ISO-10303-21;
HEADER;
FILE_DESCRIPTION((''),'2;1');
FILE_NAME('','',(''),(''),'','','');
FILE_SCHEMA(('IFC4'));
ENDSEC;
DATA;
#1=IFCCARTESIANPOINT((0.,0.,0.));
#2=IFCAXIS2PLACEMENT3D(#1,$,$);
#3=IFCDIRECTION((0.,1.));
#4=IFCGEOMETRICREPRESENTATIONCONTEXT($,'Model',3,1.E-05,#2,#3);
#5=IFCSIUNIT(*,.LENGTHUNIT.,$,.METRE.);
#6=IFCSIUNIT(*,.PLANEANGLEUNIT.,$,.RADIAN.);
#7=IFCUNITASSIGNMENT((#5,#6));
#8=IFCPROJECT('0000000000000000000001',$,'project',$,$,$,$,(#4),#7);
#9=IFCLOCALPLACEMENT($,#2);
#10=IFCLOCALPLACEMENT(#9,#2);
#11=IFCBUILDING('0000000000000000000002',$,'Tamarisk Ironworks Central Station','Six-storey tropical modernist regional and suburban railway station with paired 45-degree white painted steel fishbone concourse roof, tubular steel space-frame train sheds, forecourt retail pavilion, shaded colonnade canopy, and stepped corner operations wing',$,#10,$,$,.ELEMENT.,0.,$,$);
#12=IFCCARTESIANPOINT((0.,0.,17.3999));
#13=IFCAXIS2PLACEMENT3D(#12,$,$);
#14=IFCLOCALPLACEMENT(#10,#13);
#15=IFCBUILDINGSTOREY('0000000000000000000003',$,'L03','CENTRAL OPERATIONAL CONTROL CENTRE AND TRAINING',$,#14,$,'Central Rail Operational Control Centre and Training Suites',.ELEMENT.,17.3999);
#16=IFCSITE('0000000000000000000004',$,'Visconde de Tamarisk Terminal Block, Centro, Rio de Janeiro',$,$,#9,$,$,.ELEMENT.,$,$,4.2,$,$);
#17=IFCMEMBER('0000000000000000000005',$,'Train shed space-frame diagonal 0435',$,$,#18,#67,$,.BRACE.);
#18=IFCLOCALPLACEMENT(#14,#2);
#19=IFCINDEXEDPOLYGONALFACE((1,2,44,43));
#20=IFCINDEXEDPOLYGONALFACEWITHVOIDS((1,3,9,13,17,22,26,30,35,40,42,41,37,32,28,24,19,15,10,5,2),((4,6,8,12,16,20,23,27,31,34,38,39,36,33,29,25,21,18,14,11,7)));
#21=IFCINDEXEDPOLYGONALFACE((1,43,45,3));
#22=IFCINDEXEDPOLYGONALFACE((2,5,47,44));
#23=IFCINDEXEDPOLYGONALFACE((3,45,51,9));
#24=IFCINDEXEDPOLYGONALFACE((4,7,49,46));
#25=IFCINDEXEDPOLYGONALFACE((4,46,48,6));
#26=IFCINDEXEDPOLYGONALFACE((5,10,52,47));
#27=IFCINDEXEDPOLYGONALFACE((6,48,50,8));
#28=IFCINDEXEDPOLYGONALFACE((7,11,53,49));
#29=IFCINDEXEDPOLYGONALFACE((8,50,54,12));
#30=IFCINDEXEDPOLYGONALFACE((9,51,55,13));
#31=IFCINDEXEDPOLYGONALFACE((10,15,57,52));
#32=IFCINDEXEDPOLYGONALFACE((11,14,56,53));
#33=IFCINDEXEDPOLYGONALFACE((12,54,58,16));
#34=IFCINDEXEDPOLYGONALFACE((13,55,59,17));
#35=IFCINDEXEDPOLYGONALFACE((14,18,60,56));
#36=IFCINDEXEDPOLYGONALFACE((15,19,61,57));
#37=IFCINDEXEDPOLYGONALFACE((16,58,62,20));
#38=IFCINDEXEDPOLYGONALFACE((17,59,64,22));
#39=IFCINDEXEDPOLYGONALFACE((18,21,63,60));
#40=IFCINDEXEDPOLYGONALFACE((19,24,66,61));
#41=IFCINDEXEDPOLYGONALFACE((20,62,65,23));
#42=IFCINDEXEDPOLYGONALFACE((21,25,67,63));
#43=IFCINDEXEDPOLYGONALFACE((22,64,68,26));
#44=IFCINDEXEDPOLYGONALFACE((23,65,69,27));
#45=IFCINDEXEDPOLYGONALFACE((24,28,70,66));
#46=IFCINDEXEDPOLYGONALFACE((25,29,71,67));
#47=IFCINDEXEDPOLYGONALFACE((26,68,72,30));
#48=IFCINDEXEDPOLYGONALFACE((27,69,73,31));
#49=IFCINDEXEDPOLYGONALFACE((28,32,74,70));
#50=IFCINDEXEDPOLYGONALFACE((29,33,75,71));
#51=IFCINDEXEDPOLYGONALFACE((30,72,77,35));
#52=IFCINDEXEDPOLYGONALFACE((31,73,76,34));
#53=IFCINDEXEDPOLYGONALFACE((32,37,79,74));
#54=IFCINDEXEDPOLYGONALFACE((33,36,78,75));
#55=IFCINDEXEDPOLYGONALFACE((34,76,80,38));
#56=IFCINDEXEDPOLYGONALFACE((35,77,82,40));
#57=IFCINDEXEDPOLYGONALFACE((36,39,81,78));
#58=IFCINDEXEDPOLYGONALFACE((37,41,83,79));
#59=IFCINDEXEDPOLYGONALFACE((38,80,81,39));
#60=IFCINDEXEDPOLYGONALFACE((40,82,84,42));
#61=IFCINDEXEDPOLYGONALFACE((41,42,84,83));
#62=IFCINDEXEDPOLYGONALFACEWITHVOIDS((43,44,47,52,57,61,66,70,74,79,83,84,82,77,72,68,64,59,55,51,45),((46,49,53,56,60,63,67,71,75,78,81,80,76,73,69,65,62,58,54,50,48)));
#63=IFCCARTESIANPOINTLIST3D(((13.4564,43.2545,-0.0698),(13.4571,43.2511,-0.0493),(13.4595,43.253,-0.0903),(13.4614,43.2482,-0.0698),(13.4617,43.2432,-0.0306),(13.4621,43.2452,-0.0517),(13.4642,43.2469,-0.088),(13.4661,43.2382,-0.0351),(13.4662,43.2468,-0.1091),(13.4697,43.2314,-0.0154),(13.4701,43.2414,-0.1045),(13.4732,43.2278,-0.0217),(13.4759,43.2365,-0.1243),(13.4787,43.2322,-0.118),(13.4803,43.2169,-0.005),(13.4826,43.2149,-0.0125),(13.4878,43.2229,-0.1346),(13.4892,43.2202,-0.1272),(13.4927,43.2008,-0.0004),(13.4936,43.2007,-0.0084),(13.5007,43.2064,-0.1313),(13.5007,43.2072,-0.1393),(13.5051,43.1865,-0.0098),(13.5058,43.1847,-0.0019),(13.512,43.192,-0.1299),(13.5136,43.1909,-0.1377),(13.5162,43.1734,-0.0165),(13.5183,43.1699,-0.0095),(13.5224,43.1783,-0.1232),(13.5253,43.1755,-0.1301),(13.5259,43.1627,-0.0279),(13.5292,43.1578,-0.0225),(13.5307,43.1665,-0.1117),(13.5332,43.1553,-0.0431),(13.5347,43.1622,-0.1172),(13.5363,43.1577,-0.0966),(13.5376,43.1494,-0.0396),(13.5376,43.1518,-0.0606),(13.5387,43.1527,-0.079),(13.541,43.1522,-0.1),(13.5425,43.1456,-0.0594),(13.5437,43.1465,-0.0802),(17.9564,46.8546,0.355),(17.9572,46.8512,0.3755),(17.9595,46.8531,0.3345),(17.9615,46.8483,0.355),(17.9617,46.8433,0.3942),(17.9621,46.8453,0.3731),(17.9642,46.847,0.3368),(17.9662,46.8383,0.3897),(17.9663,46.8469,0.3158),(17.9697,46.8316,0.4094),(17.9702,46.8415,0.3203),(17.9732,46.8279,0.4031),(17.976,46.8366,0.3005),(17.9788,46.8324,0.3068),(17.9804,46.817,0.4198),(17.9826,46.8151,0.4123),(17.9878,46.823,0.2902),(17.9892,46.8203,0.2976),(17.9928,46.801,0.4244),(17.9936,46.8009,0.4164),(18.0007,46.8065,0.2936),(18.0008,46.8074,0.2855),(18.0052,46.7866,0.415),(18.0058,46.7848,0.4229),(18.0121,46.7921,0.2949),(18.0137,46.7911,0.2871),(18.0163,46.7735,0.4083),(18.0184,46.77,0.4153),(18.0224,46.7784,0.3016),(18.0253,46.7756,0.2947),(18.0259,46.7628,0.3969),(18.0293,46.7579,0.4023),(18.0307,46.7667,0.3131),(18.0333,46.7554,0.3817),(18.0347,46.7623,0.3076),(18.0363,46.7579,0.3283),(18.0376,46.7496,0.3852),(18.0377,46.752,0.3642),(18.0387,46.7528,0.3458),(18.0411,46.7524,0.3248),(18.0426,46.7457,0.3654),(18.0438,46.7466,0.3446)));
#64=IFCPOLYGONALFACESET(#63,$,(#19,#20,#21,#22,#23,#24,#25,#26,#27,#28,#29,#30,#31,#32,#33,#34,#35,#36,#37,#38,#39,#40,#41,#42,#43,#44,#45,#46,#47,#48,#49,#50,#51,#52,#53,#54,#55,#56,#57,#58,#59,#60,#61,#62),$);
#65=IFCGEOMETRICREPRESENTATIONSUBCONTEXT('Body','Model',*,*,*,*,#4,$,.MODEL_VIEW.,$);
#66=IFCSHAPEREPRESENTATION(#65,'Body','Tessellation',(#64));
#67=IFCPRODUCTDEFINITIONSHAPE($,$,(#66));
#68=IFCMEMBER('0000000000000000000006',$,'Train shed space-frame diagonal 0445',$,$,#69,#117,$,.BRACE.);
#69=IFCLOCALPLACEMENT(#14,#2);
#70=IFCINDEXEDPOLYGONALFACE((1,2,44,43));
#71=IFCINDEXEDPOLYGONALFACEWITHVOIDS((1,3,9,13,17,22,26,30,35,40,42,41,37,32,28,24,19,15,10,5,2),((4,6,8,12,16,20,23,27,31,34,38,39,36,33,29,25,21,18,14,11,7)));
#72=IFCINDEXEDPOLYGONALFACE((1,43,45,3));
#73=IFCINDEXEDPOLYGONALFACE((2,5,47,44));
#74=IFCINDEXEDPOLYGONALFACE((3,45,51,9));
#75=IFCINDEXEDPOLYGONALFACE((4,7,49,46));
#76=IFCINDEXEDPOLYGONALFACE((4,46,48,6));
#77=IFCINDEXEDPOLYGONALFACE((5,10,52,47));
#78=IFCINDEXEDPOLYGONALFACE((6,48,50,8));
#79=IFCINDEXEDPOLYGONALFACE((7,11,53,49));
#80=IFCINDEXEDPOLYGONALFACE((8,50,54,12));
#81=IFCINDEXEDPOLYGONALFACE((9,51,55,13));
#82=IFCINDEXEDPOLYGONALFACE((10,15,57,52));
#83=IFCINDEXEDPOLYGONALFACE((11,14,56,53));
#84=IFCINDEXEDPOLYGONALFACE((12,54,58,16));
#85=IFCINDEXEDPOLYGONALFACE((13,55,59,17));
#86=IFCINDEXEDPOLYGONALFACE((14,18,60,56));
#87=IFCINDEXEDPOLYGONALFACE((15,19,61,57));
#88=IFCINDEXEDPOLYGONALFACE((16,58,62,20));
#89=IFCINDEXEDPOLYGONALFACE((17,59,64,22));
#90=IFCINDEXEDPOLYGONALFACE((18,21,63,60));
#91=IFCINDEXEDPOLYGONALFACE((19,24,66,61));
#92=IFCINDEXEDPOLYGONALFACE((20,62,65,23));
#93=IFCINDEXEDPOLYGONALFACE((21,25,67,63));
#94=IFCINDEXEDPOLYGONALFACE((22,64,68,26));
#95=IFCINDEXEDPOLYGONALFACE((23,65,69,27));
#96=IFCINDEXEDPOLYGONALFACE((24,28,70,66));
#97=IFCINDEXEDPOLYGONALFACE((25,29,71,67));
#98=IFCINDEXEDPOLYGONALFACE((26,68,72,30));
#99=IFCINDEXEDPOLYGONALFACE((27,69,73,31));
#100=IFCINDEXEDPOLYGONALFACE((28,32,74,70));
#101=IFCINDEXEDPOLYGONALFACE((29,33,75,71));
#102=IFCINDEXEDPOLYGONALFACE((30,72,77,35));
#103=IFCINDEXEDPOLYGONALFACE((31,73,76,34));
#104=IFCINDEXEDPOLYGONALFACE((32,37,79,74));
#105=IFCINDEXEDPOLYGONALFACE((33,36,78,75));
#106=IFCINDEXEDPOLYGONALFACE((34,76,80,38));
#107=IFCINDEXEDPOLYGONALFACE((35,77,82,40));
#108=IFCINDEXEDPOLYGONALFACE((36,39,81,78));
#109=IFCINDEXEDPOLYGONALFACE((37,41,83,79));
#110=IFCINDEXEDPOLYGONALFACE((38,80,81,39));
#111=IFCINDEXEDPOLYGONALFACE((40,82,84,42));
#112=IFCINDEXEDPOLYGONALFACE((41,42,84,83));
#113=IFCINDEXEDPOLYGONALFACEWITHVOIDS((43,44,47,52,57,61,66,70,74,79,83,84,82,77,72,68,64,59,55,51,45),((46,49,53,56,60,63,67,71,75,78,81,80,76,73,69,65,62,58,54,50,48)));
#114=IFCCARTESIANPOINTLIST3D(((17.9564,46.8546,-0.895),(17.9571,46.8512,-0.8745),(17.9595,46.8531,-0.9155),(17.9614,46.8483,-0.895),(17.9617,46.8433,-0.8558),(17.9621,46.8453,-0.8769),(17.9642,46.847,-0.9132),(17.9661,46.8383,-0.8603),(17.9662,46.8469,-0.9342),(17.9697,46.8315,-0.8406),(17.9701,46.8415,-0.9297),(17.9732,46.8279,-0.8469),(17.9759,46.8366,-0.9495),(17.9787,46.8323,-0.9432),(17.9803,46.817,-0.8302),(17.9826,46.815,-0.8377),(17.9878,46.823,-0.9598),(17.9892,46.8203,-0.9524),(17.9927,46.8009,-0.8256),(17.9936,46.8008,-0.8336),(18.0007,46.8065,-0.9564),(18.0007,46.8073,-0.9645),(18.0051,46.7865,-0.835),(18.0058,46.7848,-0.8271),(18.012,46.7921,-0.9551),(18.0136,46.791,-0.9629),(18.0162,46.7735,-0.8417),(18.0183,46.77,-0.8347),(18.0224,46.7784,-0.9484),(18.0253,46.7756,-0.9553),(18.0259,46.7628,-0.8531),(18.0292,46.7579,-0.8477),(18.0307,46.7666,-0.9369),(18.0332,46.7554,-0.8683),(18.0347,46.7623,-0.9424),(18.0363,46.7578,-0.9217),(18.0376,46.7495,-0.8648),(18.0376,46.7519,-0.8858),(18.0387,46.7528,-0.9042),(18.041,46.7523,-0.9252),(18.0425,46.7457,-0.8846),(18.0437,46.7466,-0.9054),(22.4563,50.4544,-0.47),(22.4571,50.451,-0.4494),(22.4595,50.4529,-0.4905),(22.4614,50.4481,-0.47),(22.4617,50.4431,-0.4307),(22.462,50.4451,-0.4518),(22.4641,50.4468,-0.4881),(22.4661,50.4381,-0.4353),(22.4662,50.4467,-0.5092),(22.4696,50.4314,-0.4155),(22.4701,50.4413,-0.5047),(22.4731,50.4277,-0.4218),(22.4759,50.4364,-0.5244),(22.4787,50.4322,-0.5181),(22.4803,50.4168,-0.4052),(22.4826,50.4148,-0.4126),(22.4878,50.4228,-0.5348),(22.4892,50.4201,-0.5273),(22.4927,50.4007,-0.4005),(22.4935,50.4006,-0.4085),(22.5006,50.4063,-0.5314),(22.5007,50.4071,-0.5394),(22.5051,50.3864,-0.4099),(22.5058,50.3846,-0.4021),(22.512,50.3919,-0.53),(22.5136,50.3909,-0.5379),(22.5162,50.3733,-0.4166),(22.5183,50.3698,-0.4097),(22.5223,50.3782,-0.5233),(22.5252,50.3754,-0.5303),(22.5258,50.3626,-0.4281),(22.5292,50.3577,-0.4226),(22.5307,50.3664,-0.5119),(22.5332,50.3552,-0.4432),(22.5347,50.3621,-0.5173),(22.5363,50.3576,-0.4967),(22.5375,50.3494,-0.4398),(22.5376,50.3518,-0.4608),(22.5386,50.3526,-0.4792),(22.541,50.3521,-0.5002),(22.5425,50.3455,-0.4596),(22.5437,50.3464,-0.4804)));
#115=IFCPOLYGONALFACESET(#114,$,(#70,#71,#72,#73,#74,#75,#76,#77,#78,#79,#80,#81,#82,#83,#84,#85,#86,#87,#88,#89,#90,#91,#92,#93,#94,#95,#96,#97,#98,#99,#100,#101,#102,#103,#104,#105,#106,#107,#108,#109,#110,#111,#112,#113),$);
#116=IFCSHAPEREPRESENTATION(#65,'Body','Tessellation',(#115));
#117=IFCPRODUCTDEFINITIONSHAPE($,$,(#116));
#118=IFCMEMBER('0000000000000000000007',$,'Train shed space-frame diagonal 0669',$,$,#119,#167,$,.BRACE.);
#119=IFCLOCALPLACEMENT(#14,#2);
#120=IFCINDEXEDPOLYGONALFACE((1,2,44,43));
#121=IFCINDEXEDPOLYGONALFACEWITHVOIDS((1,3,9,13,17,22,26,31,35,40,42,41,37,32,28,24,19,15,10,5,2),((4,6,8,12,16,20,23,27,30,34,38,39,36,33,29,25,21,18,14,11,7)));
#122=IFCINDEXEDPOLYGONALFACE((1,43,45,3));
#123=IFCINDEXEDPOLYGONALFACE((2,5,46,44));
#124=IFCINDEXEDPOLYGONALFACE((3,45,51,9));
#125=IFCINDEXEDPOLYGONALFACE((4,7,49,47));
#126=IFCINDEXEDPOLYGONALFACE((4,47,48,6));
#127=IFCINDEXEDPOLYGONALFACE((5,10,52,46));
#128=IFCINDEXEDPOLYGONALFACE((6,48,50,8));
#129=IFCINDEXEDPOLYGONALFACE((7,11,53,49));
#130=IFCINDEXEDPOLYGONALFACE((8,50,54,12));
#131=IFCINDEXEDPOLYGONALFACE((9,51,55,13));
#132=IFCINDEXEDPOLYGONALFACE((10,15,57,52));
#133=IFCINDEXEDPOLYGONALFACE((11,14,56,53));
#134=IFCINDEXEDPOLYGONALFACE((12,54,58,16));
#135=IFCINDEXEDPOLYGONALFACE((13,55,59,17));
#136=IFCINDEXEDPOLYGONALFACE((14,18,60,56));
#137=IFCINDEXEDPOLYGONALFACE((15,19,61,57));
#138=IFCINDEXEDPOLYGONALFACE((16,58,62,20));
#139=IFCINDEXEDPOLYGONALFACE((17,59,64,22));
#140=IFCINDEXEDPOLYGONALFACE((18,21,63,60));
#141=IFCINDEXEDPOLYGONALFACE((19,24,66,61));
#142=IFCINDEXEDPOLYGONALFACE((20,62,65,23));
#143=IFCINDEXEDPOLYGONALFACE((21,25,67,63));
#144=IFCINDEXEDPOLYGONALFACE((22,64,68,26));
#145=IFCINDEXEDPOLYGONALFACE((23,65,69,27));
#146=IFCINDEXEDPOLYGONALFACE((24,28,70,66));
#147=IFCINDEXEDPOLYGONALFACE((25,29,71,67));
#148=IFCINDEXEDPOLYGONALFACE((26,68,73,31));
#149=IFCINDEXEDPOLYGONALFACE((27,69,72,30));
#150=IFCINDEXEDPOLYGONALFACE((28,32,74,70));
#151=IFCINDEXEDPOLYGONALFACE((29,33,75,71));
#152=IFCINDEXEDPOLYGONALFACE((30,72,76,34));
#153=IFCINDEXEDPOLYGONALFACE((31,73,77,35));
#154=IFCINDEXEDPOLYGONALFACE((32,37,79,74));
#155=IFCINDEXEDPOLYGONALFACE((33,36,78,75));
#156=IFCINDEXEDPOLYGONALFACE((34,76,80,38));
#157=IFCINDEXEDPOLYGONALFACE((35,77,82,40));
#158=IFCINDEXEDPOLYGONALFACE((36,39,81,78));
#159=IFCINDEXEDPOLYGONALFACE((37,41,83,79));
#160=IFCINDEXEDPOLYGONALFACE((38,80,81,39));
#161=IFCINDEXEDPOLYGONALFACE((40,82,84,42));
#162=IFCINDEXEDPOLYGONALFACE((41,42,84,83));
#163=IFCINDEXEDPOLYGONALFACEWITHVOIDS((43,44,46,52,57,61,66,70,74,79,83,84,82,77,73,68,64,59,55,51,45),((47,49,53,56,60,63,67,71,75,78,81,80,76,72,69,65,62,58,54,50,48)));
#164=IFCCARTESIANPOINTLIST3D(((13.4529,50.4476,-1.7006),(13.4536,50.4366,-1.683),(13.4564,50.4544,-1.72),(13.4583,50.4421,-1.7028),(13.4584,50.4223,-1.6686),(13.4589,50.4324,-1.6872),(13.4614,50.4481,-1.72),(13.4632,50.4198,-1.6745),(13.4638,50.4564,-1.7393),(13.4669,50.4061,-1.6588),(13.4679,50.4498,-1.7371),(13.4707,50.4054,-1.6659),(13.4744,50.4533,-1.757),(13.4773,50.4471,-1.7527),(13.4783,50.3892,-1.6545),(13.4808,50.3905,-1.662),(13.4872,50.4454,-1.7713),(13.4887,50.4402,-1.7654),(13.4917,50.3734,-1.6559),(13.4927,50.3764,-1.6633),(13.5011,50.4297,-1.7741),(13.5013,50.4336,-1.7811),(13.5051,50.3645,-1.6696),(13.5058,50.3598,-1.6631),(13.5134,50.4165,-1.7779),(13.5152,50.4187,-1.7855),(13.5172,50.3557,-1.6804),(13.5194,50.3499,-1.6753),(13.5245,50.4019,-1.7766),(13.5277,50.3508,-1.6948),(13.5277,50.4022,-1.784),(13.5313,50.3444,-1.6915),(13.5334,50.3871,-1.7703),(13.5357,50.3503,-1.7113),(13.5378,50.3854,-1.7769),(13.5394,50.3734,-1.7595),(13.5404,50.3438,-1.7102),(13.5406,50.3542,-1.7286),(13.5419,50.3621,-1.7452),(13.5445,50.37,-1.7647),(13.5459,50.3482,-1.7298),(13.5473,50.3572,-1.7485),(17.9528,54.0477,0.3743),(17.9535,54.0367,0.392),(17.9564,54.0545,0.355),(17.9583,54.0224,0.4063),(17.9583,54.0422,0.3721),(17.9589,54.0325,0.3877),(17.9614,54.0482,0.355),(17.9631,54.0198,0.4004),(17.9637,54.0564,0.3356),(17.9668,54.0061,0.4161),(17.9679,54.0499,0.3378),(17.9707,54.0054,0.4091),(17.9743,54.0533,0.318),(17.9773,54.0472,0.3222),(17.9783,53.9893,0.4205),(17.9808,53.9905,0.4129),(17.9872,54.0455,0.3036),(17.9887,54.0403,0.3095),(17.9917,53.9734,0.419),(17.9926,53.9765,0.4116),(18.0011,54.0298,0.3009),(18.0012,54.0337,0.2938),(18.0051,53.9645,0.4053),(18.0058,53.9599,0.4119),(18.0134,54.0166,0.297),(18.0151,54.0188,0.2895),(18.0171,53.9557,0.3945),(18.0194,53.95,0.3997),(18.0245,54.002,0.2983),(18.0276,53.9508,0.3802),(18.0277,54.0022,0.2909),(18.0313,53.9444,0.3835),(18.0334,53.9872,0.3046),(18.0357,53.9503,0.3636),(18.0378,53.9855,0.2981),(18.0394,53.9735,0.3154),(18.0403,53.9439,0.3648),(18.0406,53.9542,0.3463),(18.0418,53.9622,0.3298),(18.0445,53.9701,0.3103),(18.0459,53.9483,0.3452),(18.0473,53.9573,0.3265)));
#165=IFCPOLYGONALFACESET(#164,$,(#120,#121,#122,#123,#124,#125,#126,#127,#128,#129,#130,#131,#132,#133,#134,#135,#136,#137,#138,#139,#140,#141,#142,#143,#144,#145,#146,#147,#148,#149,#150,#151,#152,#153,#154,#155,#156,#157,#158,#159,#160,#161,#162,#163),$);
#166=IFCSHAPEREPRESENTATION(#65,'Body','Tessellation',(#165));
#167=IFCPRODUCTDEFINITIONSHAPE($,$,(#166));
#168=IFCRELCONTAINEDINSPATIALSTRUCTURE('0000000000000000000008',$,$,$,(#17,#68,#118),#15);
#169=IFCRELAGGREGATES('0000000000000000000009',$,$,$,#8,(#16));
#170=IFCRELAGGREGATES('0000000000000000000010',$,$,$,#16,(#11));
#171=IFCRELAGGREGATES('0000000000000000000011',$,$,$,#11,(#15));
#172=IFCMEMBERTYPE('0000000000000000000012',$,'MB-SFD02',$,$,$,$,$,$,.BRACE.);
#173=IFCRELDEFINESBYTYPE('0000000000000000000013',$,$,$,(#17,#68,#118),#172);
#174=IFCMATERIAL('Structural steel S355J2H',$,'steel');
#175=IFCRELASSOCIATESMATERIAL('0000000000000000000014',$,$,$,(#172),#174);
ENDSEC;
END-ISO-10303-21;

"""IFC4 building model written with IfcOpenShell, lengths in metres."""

from ifc_helpers import new_model, si_unit, direction, frame, origin, origin_2d, place, context, subcontext, project, spatial, hollow_circle, extrude, material, material_profile, profile_set, type_object, element, save


model = new_model("IFC4")

# Units and contexts
model_context = context("Model", 3, precision=1e-05, world=origin(), true_north=direction((0.0, 1.0)))
body_context = subcontext(model_context, "Body", "Model", "MODEL_VIEW")
ifc_project = project(units=[si_unit("LENGTHUNIT", "METRE"), si_unit("PLANEANGLEUNIT", "RADIAN")], contexts=[model_context])

# Site, building, storey
site_placement = place(None, origin())
site = spatial("IfcSite", under=ifc_project, at=site_placement, Name="Visconde de Tamarisk Terminal Block, Centro, Rio de Janeiro", CompositionType="ELEMENT", RefElevation=4.2)
building_placement = place(site_placement, origin())
building = spatial("IfcBuilding", under=site, at=building_placement, Name="Tamarisk Ironworks Central Station", Description="Six-storey tropical modernist regional and suburban railway station with paired 45-degree white painted steel fishbone concourse roof, tubular steel space-frame train sheds, forecourt retail pavilion, shaded colonnade canopy, and stepped corner operations wing", CompositionType="ELEMENT", ElevationOfRefHeight=0.0)
storey_placement = place(building_placement, frame((0.0, 0.0, 17.3999)))
storey = spatial("IfcBuildingStorey", under=building, at=storey_placement, Name="L03", Description="CENTRAL OPERATIONAL CONTROL CENTRE AND TRAINING", LongName="Central Rail Operational Control Centre and Training Suites", CompositionType="ELEMENT", Elevation=17.3999)

# Members
ifc_material = material(Name="Structural steel S355J2H", Category="steel")
ifc_material_profile_1 = material_profile(ifc_material, hollow_circle(Radius=0.0698, WallThickness=0.0081, at=origin_2d()), Name="CHS 139.7x8")
ifc_profile_set_1 = profile_set([ifc_material_profile_1], Name="Structural steel S355J2H")
member_type_1 = type_object("IfcMemberType", Name="MB-SFD02", PredefinedType="BRACE", material=ifc_profile_set_1)
member_1_placement = place(storey_placement, frame((13.5, 43.2, -0.0698), z_axis=(0.778748, 0.623015, 0.073515), x_axis=(-0.624705, 0.780861, 0.0)))
element("IfcMember", 1, at=member_1_placement, inside=storey, type_object=member_type_1, Name="Train shed space-frame diagonal 0435", PredefinedType="BRACE", context=body_context, shape_type="SweptSolid", body=[
    extrude(hollow_circle(Radius=0.0698, WallThickness=0.0081, at=origin_2d()), origin(), (0.0, 0.0, 1.0), 5.7786),
])
member_2_placement = place(storey_placement, frame((18.0, 46.8, -0.895), z_axis=(0.778766, 0.622987, 0.073559), x_axis=(-0.62468, 0.780881, 0.0)))
element("IfcMember", 2, at=member_2_placement, inside=storey, type_object=member_type_1, Name="Train shed space-frame diagonal 0445", PredefinedType="BRACE", context=body_context, shape_type="SweptSolid", body=[
    extrude(hollow_circle(Radius=0.0698, WallThickness=0.0081, at=origin_2d()), origin(), (0.0, 0.0, 1.0), 5.7783),
])
member_3_placement = place(storey_placement, frame((13.5, 50.3999, -1.72), z_axis=(0.734689, 0.587767, 0.338765), x_axis=(-0.624705, 0.780861, 0.0)))
element("IfcMember", 3, at=member_3_placement, inside=storey, type_object=member_type_1, Name="Train shed space-frame diagonal 0669", PredefinedType="BRACE", context=body_context, shape_type="SweptSolid", body=[
    extrude(hollow_circle(Radius=0.0698, WallThickness=0.0081, at=origin_2d()), origin(), (0.0, 0.0, 1.0), 6.125),
])

save(model, "model.ifc")
